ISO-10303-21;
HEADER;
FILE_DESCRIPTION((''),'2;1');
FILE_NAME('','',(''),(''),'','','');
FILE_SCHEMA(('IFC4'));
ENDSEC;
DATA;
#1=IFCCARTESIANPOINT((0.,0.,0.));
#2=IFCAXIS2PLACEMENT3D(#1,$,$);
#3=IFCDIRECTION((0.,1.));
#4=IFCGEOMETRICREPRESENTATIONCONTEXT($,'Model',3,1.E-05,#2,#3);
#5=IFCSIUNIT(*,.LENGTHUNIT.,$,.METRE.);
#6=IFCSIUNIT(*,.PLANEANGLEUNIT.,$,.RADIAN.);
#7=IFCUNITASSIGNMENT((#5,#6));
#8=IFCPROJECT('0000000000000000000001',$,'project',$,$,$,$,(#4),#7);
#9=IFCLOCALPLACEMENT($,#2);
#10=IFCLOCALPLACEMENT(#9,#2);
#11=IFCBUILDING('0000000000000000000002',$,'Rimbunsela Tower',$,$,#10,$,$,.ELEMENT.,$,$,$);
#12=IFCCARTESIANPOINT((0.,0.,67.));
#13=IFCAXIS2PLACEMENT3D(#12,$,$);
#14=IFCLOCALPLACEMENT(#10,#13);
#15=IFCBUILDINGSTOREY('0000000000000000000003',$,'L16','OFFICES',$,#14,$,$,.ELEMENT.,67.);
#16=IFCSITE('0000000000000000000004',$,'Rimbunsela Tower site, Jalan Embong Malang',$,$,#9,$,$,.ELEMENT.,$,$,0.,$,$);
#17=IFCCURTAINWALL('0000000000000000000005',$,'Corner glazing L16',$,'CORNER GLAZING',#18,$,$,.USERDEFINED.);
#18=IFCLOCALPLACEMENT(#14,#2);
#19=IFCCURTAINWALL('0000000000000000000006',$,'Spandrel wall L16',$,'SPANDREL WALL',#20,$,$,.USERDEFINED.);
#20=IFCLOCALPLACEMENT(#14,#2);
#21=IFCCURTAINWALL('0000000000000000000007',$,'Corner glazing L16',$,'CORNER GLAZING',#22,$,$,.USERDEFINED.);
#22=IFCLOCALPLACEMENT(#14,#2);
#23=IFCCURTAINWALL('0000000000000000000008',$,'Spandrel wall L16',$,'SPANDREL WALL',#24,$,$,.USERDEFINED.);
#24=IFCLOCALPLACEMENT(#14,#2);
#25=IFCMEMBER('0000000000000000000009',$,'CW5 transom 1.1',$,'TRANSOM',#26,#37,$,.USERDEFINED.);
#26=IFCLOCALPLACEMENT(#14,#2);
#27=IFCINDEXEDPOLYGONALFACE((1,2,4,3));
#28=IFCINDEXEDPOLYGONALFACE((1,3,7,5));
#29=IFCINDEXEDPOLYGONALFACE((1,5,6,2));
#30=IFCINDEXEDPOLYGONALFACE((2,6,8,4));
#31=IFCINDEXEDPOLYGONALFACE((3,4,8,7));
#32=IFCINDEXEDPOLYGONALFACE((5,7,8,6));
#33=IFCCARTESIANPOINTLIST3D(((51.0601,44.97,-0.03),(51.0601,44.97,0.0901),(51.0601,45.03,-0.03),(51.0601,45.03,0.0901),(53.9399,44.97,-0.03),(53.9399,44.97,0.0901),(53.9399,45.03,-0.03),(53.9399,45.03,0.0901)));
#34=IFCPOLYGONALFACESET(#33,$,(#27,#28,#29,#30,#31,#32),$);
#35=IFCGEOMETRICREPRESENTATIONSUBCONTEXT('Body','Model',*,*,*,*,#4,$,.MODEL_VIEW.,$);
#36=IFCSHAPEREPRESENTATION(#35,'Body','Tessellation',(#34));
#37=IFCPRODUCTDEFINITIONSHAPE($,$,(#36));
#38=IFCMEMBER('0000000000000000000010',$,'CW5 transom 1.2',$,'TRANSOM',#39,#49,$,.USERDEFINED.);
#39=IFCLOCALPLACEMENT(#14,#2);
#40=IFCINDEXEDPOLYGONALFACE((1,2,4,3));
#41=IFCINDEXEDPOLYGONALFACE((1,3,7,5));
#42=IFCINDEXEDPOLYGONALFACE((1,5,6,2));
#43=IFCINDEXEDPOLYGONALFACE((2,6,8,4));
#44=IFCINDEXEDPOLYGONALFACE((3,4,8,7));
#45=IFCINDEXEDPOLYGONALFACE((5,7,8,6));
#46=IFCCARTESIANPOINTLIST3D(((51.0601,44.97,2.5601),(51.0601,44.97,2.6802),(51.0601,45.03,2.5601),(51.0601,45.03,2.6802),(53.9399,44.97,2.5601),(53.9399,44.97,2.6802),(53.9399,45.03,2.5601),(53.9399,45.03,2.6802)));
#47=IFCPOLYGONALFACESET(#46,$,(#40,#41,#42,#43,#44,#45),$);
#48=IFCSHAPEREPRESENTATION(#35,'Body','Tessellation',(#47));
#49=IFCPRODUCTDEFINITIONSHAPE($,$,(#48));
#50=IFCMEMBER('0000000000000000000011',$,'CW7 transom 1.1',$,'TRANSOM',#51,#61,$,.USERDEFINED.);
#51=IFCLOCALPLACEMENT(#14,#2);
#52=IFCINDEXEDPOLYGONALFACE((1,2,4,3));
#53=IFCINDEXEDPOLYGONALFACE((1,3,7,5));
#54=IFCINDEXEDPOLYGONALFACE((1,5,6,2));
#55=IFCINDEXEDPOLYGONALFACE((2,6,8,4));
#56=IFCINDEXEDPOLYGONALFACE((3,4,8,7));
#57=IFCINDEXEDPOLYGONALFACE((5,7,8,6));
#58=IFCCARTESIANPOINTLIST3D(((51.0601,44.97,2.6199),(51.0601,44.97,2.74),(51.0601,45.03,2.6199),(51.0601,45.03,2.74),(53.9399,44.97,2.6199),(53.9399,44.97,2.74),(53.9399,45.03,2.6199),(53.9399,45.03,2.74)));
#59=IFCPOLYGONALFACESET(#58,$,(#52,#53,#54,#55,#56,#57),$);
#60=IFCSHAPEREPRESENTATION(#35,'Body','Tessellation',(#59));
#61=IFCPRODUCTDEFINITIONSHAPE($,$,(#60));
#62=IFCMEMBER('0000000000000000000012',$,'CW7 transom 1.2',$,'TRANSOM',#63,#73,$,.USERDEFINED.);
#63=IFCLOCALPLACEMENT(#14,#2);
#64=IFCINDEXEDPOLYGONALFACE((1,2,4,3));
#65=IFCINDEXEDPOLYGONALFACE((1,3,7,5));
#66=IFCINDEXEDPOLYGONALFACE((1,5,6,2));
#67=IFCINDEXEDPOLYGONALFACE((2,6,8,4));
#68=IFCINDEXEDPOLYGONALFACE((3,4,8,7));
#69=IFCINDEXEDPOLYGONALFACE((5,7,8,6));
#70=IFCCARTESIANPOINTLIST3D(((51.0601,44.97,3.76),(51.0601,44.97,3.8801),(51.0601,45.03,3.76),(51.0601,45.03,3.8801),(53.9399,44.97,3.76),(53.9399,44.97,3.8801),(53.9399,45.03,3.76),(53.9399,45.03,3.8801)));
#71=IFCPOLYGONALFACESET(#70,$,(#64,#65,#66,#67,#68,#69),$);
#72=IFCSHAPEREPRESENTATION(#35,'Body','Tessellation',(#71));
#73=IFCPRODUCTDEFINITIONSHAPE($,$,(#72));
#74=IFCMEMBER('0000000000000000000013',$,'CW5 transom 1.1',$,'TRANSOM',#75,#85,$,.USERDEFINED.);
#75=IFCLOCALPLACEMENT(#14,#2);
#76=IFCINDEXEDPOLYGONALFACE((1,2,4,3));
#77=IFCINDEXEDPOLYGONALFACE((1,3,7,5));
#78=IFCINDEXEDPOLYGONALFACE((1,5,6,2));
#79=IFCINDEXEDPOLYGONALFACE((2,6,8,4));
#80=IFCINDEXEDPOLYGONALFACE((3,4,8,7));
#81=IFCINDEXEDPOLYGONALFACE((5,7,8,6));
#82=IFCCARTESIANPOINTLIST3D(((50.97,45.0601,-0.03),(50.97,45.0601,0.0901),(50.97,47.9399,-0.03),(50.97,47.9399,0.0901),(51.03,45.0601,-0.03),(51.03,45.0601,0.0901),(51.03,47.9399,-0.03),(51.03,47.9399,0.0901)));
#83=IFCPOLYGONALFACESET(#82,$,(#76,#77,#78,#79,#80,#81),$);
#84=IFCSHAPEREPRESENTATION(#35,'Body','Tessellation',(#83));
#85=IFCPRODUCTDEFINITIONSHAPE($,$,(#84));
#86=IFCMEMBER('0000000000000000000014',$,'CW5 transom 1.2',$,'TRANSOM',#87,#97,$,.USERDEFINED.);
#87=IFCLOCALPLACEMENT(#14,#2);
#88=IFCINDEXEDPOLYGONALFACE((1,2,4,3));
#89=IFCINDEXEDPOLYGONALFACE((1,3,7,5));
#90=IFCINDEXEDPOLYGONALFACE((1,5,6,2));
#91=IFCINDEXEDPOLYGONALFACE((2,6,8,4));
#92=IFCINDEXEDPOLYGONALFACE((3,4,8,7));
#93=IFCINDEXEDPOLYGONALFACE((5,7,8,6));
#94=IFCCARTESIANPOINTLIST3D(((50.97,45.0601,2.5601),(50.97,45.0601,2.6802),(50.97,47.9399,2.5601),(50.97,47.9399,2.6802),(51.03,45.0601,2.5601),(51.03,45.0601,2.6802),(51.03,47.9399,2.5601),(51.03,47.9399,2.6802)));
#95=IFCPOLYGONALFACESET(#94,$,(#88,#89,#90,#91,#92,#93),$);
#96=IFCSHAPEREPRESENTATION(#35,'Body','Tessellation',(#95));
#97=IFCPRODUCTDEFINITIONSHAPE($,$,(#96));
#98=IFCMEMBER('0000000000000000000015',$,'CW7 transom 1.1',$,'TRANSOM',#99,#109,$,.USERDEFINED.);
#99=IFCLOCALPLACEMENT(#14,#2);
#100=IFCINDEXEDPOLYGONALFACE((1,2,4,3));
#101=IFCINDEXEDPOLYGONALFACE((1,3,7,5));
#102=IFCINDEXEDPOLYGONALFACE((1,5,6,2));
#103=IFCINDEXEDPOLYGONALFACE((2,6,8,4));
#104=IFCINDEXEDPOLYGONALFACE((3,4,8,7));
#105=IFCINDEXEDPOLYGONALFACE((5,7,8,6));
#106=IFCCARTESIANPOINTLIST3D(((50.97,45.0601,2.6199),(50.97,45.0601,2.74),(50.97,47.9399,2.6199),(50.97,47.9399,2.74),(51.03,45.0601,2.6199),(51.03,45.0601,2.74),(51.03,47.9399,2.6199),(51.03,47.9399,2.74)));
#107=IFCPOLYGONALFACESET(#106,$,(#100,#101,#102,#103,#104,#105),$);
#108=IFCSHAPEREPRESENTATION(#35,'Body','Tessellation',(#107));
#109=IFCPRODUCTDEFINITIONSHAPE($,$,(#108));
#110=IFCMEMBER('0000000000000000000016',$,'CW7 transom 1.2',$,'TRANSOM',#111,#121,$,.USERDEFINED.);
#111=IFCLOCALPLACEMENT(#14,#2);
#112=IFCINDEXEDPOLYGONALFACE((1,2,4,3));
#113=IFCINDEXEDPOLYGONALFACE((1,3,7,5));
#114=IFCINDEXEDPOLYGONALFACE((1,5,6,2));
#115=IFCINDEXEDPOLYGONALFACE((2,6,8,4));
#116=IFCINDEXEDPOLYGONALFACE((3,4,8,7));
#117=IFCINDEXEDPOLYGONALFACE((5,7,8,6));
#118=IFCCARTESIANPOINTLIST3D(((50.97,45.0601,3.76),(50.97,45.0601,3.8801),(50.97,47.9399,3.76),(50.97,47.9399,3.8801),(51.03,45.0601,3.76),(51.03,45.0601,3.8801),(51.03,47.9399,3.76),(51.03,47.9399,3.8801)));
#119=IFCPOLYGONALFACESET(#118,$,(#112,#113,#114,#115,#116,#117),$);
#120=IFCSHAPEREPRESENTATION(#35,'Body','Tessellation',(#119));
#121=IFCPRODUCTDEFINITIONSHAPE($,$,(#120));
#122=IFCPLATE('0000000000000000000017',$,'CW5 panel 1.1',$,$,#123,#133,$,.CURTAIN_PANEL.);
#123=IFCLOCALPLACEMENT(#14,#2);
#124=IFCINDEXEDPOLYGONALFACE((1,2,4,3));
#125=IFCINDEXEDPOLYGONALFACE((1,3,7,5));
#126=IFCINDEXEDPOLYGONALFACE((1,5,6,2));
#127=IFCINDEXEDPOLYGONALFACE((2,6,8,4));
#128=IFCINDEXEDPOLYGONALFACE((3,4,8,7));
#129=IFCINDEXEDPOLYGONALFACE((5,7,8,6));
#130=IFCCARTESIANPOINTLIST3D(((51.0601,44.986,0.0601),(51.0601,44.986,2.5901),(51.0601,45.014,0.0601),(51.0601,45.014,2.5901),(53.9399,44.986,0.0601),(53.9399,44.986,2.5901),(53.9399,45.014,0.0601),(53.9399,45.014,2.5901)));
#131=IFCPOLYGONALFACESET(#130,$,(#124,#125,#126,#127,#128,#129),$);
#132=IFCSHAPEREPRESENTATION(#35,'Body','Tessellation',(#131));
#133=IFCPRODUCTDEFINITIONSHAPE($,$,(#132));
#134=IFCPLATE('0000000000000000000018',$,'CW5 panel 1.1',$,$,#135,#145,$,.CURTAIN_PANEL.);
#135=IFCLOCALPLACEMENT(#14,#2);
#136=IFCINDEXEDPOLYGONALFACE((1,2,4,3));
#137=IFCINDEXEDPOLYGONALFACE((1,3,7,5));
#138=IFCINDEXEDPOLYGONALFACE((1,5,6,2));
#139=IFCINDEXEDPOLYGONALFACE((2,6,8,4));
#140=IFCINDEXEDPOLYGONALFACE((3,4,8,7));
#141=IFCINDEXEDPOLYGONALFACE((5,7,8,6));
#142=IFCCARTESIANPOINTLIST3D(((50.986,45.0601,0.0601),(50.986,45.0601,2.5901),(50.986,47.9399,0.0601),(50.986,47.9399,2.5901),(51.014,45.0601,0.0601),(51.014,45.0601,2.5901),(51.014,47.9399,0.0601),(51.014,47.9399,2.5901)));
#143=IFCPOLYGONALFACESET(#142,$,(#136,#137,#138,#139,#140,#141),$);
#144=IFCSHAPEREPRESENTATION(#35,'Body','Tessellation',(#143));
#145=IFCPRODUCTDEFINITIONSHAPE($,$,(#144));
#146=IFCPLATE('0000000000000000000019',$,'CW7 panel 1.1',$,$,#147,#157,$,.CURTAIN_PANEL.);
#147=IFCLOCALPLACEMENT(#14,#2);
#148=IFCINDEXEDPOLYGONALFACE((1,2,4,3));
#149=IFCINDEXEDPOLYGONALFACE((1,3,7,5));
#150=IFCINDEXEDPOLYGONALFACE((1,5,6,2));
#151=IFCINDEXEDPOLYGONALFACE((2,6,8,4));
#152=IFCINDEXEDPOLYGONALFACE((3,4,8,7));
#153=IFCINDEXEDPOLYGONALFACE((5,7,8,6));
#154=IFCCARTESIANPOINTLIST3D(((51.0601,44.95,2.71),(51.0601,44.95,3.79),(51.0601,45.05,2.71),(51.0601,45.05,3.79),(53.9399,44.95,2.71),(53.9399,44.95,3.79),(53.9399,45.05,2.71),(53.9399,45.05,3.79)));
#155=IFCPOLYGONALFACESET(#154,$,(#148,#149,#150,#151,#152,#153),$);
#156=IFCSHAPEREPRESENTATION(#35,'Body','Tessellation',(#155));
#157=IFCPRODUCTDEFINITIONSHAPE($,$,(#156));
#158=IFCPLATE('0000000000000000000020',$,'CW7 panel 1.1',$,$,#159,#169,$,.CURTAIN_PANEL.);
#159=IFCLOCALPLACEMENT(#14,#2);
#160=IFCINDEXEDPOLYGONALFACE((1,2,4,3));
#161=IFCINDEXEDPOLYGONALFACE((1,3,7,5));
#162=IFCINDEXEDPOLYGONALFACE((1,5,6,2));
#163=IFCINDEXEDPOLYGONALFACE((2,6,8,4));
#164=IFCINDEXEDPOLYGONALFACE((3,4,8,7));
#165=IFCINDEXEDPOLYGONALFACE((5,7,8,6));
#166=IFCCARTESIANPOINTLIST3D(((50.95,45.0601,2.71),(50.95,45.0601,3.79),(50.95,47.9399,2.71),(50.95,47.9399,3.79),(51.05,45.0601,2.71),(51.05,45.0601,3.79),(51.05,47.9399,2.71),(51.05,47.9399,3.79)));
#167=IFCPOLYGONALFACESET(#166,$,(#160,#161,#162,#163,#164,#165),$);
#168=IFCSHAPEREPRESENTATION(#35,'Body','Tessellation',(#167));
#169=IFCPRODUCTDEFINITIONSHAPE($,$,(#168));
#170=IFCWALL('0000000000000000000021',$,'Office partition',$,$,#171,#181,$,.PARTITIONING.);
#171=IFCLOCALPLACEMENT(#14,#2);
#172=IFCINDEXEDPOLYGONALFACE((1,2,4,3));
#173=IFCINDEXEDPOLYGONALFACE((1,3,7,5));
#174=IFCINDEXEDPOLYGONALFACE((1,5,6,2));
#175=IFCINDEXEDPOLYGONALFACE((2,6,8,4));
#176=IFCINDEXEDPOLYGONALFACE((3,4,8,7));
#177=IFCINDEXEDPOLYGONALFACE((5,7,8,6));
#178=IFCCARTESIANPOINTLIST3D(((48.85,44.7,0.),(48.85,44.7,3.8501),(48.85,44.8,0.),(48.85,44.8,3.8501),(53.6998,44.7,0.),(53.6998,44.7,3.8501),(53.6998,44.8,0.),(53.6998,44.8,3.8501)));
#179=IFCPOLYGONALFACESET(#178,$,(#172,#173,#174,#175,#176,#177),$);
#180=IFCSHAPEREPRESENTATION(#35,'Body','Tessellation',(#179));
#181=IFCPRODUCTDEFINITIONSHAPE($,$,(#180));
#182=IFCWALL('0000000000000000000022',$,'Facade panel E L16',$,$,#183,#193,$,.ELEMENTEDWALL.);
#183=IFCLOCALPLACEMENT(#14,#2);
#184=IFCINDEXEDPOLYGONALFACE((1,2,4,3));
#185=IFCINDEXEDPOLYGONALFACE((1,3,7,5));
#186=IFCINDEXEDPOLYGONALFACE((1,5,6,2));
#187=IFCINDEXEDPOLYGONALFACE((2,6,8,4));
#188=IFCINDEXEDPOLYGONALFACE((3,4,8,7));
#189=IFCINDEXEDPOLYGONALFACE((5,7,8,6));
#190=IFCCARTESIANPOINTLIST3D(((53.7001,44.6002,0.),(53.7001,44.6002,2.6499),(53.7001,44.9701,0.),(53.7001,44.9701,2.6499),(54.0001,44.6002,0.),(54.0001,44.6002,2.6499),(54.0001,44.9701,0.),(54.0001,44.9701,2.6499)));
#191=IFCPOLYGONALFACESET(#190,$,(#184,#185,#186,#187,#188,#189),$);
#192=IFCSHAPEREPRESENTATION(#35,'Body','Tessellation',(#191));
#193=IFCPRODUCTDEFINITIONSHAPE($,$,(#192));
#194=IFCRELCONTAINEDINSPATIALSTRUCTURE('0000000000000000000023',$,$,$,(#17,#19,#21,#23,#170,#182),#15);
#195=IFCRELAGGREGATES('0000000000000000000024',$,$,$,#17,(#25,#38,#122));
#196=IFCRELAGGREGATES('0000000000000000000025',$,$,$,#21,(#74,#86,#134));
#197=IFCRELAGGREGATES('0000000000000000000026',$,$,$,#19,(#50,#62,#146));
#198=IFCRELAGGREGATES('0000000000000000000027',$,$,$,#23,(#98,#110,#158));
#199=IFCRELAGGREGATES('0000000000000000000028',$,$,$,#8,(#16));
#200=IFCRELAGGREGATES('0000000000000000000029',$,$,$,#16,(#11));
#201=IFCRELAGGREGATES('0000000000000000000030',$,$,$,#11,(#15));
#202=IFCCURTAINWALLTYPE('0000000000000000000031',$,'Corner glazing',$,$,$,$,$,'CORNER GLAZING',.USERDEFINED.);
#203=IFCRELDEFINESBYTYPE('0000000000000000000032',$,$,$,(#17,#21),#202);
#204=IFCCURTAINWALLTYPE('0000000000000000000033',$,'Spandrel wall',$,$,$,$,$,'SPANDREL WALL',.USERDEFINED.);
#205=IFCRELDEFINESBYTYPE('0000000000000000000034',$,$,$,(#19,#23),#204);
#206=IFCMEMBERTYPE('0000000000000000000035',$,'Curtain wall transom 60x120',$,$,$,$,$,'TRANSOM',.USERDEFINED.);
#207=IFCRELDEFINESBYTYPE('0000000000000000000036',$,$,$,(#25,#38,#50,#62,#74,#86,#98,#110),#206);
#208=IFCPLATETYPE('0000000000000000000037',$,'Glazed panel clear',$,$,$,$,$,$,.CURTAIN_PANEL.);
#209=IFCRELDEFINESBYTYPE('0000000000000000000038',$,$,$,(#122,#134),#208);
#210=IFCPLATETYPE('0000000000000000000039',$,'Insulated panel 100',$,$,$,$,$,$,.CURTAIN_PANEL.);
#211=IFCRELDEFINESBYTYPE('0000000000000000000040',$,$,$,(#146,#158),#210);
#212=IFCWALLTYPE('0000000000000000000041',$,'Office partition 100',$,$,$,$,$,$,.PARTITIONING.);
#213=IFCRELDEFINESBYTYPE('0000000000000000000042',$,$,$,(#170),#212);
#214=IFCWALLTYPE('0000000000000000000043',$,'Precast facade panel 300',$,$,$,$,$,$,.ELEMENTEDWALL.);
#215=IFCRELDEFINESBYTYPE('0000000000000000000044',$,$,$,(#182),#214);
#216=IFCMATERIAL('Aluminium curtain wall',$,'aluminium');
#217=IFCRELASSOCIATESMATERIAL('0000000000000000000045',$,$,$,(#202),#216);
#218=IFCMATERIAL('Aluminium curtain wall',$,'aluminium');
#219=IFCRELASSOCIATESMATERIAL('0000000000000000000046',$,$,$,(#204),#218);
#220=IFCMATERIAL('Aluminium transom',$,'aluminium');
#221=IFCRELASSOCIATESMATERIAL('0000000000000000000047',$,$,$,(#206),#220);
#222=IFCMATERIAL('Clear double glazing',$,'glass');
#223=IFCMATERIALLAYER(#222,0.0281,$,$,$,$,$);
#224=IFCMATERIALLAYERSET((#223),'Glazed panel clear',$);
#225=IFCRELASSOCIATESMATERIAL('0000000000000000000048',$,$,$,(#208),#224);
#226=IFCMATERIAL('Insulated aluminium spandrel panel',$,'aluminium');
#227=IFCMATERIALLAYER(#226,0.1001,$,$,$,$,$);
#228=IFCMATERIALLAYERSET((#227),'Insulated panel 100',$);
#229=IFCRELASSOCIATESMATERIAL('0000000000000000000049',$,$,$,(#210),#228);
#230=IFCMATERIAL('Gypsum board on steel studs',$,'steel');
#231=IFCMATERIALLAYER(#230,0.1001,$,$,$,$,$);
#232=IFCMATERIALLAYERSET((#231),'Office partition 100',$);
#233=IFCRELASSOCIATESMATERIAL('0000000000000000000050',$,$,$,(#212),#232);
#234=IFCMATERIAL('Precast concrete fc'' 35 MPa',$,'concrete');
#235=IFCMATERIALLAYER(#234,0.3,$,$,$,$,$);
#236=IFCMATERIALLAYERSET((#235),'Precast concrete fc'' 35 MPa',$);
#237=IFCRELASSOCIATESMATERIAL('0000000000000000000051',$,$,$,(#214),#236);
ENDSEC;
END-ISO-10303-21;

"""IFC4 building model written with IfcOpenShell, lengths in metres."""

from ifc_helpers import new_model, si_unit, direction, frame, frame_2d, origin, origin_2d, place, context, subcontext, project, spatial, rectangle, extrude, material, layer, layer_set, material_profile, profile_set, type_object, element, aggregate, save


model = new_model("IFC4")

# Units and contexts
model_context = context("Model", 3, precision=1e-05, world=origin(), true_north=direction((0.0, 1.0)))
body_context = subcontext(model_context, "Body", "Model", "MODEL_VIEW")
ifc_project = project(units=[si_unit("LENGTHUNIT", "METRE"), si_unit("PLANEANGLEUNIT", "RADIAN")], contexts=[model_context])

# Site, building, storey
site_placement = place(None, origin())
site = spatial("IfcSite", under=ifc_project, at=site_placement, Name="Rimbunsela Tower site, Jalan Embong Malang", CompositionType="ELEMENT", RefElevation=0.0)
building_placement = place(site_placement, origin())
building = spatial("IfcBuilding", under=site, at=building_placement, Name="Rimbunsela Tower", CompositionType="ELEMENT")
storey_placement = place(building_placement, frame((0.0, 0.0, 67.0)))
storey = spatial("IfcBuildingStorey", under=building, at=storey_placement, Name="L16", Description="OFFICES", CompositionType="ELEMENT", Elevation=67.0)

# Curtain walls
ifc_material_1 = material(Name="Aluminium curtain wall", Category="aluminium")
curtain_wall_type_1 = type_object("IfcCurtainWallType", Name="Corner glazing", ElementType="CORNER GLAZING", PredefinedType="USERDEFINED", material=ifc_material_1)
curtain_wall_1_placement = place(storey_placement, origin())
curtain_wall_1 = element("IfcCurtainWall", 1, at=curtain_wall_1_placement, inside=storey, type_object=curtain_wall_type_1, Name="Corner glazing L16", ObjectType="CORNER GLAZING", PredefinedType="USERDEFINED")
ifc_material_2 = material(Name="Aluminium curtain wall", Category="aluminium")
curtain_wall_type_2 = type_object("IfcCurtainWallType", Name="Spandrel wall", ElementType="SPANDREL WALL", PredefinedType="USERDEFINED", material=ifc_material_2)
curtain_wall_2_placement = place(storey_placement, origin())
curtain_wall_2 = element("IfcCurtainWall", 2, at=curtain_wall_2_placement, inside=storey, type_object=curtain_wall_type_2, Name="Spandrel wall L16", ObjectType="SPANDREL WALL", PredefinedType="USERDEFINED")
curtain_wall_3_placement = place(storey_placement, origin())
curtain_wall_3 = element("IfcCurtainWall", 3, at=curtain_wall_3_placement, inside=storey, type_object=curtain_wall_type_1, Name="Corner glazing L16", ObjectType="CORNER GLAZING", PredefinedType="USERDEFINED")
curtain_wall_4_placement = place(storey_placement, origin())
curtain_wall_4 = element("IfcCurtainWall", 4, at=curtain_wall_4_placement, inside=storey, type_object=curtain_wall_type_2, Name="Spandrel wall L16", ObjectType="SPANDREL WALL", PredefinedType="USERDEFINED")

# Members
ifc_material_3 = material(Name="Aluminium transom", Category="aluminium")
ifc_material_profile_1 = material_profile(ifc_material_3, rectangle(XDim=0.0601, YDim=0.1201, at=origin_2d()), Name="Transom 60x120")
ifc_profile_set_1 = profile_set([ifc_material_profile_1], Name="Aluminium transom")
member_type_1 = type_object("IfcMemberType", Name="Curtain wall transom 60x120", ElementType="TRANSOM", PredefinedType="USERDEFINED", material=ifc_profile_set_1)
member_1_placement = place(storey_placement, frame((53.9399, 45.0, 0.03), z_axis=(-1.0, 0.0, 0.0), x_axis=(0.0, -1.0, 0.0)))
member_1 = element("IfcMember", 5, at=member_1_placement, type_object=member_type_1, Name="CW5 transom 1.1", ObjectType="TRANSOM", PredefinedType="USERDEFINED", context=body_context, shape_type="SweptSolid", body=[
    extrude(rectangle(XDim=0.0601, YDim=0.1201, at=origin_2d()), origin(), (0.0, 0.0, 1.0), 2.8799),
])
member_2_placement = place(storey_placement, frame((53.9399, 45.0, 2.6201), z_axis=(-1.0, 0.0, 0.0), x_axis=(0.0, -1.0, 0.0)))
member_2 = element("IfcMember", 6, at=member_2_placement, type_object=member_type_1, Name="CW5 transom 1.2", ObjectType="TRANSOM", PredefinedType="USERDEFINED", context=body_context, shape_type="SweptSolid", body=[
    extrude(rectangle(XDim=0.0601, YDim=0.1201, at=origin_2d()), origin(), (0.0, 0.0, 1.0), 2.8799),
])
member_3_placement = place(storey_placement, frame((53.9399, 45.0, 2.6799), z_axis=(-1.0, 0.0, 0.0), x_axis=(0.0, -1.0, 0.0)))
member_3 = element("IfcMember", 7, at=member_3_placement, type_object=member_type_1, Name="CW7 transom 1.1", ObjectType="TRANSOM", PredefinedType="USERDEFINED", context=body_context, shape_type="SweptSolid", body=[
    extrude(rectangle(XDim=0.0601, YDim=0.1201, at=origin_2d()), origin(), (0.0, 0.0, 1.0), 2.8799),
])
member_4_placement = place(storey_placement, frame((53.9399, 45.0, 3.8201), z_axis=(-1.0, 0.0, 0.0), x_axis=(0.0, -1.0, 0.0)))
member_4 = element("IfcMember", 8, at=member_4_placement, type_object=member_type_1, Name="CW7 transom 1.2", ObjectType="TRANSOM", PredefinedType="USERDEFINED", context=body_context, shape_type="SweptSolid", body=[
    extrude(rectangle(XDim=0.0601, YDim=0.1201, at=origin_2d()), origin(), (0.0, 0.0, 1.0), 2.8799),
])
member_5_placement = place(storey_placement, frame((51.0, 45.0601, 0.03), z_axis=(0.0, 1.0, 0.0), x_axis=(-1.0, 0.0, 0.0)))
member_5 = element("IfcMember", 9, at=member_5_placement, type_object=member_type_1, Name="CW5 transom 1.1", ObjectType="TRANSOM", PredefinedType="USERDEFINED", context=body_context, shape_type="SweptSolid", body=[
    extrude(rectangle(XDim=0.0601, YDim=0.1201, at=origin_2d()), origin(), (0.0, 0.0, 1.0), 2.8799),
])
member_6_placement = place(storey_placement, frame((51.0, 45.0601, 2.6201), z_axis=(0.0, 1.0, 0.0), x_axis=(-1.0, 0.0, 0.0)))
member_6 = element("IfcMember", 10, at=member_6_placement, type_object=member_type_1, Name="CW5 transom 1.2", ObjectType="TRANSOM", PredefinedType="USERDEFINED", context=body_context, shape_type="SweptSolid", body=[
    extrude(rectangle(XDim=0.0601, YDim=0.1201, at=origin_2d()), origin(), (0.0, 0.0, 1.0), 2.8799),
])
member_7_placement = place(storey_placement, frame((51.0, 45.0601, 2.6799), z_axis=(0.0, 1.0, 0.0), x_axis=(-1.0, 0.0, 0.0)))
member_7 = element("IfcMember", 11, at=member_7_placement, type_object=member_type_1, Name="CW7 transom 1.1", ObjectType="TRANSOM", PredefinedType="USERDEFINED", context=body_context, shape_type="SweptSolid", body=[
    extrude(rectangle(XDim=0.0601, YDim=0.1201, at=origin_2d()), origin(), (0.0, 0.0, 1.0), 2.8799),
])
member_8_placement = place(storey_placement, frame((51.0, 45.0601, 3.8201), z_axis=(0.0, 1.0, 0.0), x_axis=(-1.0, 0.0, 0.0)))
member_8 = element("IfcMember", 12, at=member_8_placement, type_object=member_type_1, Name="CW7 transom 1.2", ObjectType="TRANSOM", PredefinedType="USERDEFINED", context=body_context, shape_type="SweptSolid", body=[
    extrude(rectangle(XDim=0.0601, YDim=0.1201, at=origin_2d()), origin(), (0.0, 0.0, 1.0), 2.8799),
])

# Plates
ifc_material_4 = material(Name="Clear double glazing", Category="glass")
ifc_layer_1 = layer(ifc_material_4, 0.0281)
ifc_layer_set_1 = layer_set([ifc_layer_1], Name="Glazed panel clear")
plate_type_1 = type_object("IfcPlateType", Name="Glazed panel clear", PredefinedType="CURTAIN_PANEL", material=ifc_layer_set_1)
plate_1_placement = place(storey_placement, frame((52.5, 45.0, 0.0601), z_axis=(0.0, 0.0, 1.0), x_axis=(-1.0, 0.0, 0.0)))
plate_1 = element("IfcPlate", 13, at=plate_1_placement, type_object=plate_type_1, Name="CW5 panel 1.1", PredefinedType="CURTAIN_PANEL", context=body_context, shape_type="SweptSolid", body=[
    extrude(rectangle(XDim=2.8799, YDim=0.0281, at=origin_2d()), origin(), (0.0, 0.0, 1.0), 2.53),
])
aggregate(curtain_wall_1, [member_1, member_2, plate_1])
plate_2_placement = place(storey_placement, frame((51.0, 46.5, 0.0601), z_axis=(0.0, 0.0, 1.0), x_axis=(0.0, 1.0, 0.0)))
plate_2 = element("IfcPlate", 14, at=plate_2_placement, type_object=plate_type_1, Name="CW5 panel 1.1", PredefinedType="CURTAIN_PANEL", context=body_context, shape_type="SweptSolid", body=[
    extrude(rectangle(XDim=2.8799, YDim=0.0281, at=origin_2d()), origin(), (0.0, 0.0, 1.0), 2.53),
])
aggregate(curtain_wall_3, [member_5, member_6, plate_2])
ifc_material_5 = material(Name="Insulated aluminium spandrel panel", Category="aluminium")
ifc_layer_2 = layer(ifc_material_5, 0.1001)
ifc_layer_set_2 = layer_set([ifc_layer_2], Name="Insulated panel 100")
plate_type_2 = type_object("IfcPlateType", Name="Insulated panel 100", PredefinedType="CURTAIN_PANEL", material=ifc_layer_set_2)
plate_3_placement = place(storey_placement, frame((52.5, 45.0, 2.71), z_axis=(0.0, 0.0, 1.0), x_axis=(-1.0, 0.0, 0.0)))
plate_3 = element("IfcPlate", 15, at=plate_3_placement, type_object=plate_type_2, Name="CW7 panel 1.1", PredefinedType="CURTAIN_PANEL", context=body_context, shape_type="SweptSolid", body=[
    extrude(rectangle(XDim=2.8799, YDim=0.1001, at=origin_2d()), origin(), (0.0, 0.0, 1.0), 1.0801),
])
aggregate(curtain_wall_2, [member_3, member_4, plate_3])
plate_4_placement = place(storey_placement, frame((51.0, 46.5, 2.71), z_axis=(0.0, 0.0, 1.0), x_axis=(0.0, 1.0, 0.0)))
plate_4 = element("IfcPlate", 16, at=plate_4_placement, type_object=plate_type_2, Name="CW7 panel 1.1", PredefinedType="CURTAIN_PANEL", context=body_context, shape_type="SweptSolid", body=[
    extrude(rectangle(XDim=2.8799, YDim=0.1001, at=origin_2d()), origin(), (0.0, 0.0, 1.0), 1.0801),
])
aggregate(curtain_wall_4, [member_7, member_8, plate_4])

# Walls
ifc_material_6 = material(Name="Gypsum board on steel studs", Category="steel")
ifc_layer_3 = layer(ifc_material_6, 0.1001)
ifc_layer_set_3 = layer_set([ifc_layer_3], Name="Office partition 100")
wall_type_1 = type_object("IfcWallType", Name="Office partition 100", PredefinedType="PARTITIONING", material=ifc_layer_set_3)
wall_1_placement = place(storey_placement, frame((48.8501, 44.75, 0.0), z_axis=(0.0, 0.0, 1.0), x_axis=(1.0, 0.0, 0.0)))
element("IfcWall", 17, at=wall_1_placement, inside=storey, type_object=wall_type_1, Name="Office partition", PredefinedType="PARTITIONING", context=body_context, shape_type="SweptSolid", body=[
    extrude(rectangle(XDim=4.8499, YDim=0.1001, at=frame_2d((2.4248, 0.0))), origin(), (0.0, 0.0, 1.0), 3.8501),
])
ifc_material_7 = material(Name="Precast concrete fc' 35 MPa", Category="concrete")
ifc_layer_4 = layer(ifc_material_7, 0.3)
ifc_layer_set_4 = layer_set([ifc_layer_4], Name="Precast concrete fc' 35 MPa")
wall_type_2 = type_object("IfcWallType", Name="Precast facade panel 300", PredefinedType="ELEMENTEDWALL", material=ifc_layer_set_4)
wall_2_placement = place(storey_placement, frame((53.8501, 44.6001, 0.0), z_axis=(0.0, 0.0, 1.0), x_axis=(0.0, 1.0, 0.0)))
element("IfcWall", 18, at=wall_2_placement, inside=storey, type_object=wall_type_2, Name="Facade panel E L16", PredefinedType="ELEMENTEDWALL", context=body_context, shape_type="SweptSolid", body=[
    extrude(rectangle(XDim=0.3699, YDim=0.3, at=frame_2d((0.1851, 0.0))), origin(), (0.0, 0.0, 1.0), 2.6499),
])

save(model, "model.ifc")
